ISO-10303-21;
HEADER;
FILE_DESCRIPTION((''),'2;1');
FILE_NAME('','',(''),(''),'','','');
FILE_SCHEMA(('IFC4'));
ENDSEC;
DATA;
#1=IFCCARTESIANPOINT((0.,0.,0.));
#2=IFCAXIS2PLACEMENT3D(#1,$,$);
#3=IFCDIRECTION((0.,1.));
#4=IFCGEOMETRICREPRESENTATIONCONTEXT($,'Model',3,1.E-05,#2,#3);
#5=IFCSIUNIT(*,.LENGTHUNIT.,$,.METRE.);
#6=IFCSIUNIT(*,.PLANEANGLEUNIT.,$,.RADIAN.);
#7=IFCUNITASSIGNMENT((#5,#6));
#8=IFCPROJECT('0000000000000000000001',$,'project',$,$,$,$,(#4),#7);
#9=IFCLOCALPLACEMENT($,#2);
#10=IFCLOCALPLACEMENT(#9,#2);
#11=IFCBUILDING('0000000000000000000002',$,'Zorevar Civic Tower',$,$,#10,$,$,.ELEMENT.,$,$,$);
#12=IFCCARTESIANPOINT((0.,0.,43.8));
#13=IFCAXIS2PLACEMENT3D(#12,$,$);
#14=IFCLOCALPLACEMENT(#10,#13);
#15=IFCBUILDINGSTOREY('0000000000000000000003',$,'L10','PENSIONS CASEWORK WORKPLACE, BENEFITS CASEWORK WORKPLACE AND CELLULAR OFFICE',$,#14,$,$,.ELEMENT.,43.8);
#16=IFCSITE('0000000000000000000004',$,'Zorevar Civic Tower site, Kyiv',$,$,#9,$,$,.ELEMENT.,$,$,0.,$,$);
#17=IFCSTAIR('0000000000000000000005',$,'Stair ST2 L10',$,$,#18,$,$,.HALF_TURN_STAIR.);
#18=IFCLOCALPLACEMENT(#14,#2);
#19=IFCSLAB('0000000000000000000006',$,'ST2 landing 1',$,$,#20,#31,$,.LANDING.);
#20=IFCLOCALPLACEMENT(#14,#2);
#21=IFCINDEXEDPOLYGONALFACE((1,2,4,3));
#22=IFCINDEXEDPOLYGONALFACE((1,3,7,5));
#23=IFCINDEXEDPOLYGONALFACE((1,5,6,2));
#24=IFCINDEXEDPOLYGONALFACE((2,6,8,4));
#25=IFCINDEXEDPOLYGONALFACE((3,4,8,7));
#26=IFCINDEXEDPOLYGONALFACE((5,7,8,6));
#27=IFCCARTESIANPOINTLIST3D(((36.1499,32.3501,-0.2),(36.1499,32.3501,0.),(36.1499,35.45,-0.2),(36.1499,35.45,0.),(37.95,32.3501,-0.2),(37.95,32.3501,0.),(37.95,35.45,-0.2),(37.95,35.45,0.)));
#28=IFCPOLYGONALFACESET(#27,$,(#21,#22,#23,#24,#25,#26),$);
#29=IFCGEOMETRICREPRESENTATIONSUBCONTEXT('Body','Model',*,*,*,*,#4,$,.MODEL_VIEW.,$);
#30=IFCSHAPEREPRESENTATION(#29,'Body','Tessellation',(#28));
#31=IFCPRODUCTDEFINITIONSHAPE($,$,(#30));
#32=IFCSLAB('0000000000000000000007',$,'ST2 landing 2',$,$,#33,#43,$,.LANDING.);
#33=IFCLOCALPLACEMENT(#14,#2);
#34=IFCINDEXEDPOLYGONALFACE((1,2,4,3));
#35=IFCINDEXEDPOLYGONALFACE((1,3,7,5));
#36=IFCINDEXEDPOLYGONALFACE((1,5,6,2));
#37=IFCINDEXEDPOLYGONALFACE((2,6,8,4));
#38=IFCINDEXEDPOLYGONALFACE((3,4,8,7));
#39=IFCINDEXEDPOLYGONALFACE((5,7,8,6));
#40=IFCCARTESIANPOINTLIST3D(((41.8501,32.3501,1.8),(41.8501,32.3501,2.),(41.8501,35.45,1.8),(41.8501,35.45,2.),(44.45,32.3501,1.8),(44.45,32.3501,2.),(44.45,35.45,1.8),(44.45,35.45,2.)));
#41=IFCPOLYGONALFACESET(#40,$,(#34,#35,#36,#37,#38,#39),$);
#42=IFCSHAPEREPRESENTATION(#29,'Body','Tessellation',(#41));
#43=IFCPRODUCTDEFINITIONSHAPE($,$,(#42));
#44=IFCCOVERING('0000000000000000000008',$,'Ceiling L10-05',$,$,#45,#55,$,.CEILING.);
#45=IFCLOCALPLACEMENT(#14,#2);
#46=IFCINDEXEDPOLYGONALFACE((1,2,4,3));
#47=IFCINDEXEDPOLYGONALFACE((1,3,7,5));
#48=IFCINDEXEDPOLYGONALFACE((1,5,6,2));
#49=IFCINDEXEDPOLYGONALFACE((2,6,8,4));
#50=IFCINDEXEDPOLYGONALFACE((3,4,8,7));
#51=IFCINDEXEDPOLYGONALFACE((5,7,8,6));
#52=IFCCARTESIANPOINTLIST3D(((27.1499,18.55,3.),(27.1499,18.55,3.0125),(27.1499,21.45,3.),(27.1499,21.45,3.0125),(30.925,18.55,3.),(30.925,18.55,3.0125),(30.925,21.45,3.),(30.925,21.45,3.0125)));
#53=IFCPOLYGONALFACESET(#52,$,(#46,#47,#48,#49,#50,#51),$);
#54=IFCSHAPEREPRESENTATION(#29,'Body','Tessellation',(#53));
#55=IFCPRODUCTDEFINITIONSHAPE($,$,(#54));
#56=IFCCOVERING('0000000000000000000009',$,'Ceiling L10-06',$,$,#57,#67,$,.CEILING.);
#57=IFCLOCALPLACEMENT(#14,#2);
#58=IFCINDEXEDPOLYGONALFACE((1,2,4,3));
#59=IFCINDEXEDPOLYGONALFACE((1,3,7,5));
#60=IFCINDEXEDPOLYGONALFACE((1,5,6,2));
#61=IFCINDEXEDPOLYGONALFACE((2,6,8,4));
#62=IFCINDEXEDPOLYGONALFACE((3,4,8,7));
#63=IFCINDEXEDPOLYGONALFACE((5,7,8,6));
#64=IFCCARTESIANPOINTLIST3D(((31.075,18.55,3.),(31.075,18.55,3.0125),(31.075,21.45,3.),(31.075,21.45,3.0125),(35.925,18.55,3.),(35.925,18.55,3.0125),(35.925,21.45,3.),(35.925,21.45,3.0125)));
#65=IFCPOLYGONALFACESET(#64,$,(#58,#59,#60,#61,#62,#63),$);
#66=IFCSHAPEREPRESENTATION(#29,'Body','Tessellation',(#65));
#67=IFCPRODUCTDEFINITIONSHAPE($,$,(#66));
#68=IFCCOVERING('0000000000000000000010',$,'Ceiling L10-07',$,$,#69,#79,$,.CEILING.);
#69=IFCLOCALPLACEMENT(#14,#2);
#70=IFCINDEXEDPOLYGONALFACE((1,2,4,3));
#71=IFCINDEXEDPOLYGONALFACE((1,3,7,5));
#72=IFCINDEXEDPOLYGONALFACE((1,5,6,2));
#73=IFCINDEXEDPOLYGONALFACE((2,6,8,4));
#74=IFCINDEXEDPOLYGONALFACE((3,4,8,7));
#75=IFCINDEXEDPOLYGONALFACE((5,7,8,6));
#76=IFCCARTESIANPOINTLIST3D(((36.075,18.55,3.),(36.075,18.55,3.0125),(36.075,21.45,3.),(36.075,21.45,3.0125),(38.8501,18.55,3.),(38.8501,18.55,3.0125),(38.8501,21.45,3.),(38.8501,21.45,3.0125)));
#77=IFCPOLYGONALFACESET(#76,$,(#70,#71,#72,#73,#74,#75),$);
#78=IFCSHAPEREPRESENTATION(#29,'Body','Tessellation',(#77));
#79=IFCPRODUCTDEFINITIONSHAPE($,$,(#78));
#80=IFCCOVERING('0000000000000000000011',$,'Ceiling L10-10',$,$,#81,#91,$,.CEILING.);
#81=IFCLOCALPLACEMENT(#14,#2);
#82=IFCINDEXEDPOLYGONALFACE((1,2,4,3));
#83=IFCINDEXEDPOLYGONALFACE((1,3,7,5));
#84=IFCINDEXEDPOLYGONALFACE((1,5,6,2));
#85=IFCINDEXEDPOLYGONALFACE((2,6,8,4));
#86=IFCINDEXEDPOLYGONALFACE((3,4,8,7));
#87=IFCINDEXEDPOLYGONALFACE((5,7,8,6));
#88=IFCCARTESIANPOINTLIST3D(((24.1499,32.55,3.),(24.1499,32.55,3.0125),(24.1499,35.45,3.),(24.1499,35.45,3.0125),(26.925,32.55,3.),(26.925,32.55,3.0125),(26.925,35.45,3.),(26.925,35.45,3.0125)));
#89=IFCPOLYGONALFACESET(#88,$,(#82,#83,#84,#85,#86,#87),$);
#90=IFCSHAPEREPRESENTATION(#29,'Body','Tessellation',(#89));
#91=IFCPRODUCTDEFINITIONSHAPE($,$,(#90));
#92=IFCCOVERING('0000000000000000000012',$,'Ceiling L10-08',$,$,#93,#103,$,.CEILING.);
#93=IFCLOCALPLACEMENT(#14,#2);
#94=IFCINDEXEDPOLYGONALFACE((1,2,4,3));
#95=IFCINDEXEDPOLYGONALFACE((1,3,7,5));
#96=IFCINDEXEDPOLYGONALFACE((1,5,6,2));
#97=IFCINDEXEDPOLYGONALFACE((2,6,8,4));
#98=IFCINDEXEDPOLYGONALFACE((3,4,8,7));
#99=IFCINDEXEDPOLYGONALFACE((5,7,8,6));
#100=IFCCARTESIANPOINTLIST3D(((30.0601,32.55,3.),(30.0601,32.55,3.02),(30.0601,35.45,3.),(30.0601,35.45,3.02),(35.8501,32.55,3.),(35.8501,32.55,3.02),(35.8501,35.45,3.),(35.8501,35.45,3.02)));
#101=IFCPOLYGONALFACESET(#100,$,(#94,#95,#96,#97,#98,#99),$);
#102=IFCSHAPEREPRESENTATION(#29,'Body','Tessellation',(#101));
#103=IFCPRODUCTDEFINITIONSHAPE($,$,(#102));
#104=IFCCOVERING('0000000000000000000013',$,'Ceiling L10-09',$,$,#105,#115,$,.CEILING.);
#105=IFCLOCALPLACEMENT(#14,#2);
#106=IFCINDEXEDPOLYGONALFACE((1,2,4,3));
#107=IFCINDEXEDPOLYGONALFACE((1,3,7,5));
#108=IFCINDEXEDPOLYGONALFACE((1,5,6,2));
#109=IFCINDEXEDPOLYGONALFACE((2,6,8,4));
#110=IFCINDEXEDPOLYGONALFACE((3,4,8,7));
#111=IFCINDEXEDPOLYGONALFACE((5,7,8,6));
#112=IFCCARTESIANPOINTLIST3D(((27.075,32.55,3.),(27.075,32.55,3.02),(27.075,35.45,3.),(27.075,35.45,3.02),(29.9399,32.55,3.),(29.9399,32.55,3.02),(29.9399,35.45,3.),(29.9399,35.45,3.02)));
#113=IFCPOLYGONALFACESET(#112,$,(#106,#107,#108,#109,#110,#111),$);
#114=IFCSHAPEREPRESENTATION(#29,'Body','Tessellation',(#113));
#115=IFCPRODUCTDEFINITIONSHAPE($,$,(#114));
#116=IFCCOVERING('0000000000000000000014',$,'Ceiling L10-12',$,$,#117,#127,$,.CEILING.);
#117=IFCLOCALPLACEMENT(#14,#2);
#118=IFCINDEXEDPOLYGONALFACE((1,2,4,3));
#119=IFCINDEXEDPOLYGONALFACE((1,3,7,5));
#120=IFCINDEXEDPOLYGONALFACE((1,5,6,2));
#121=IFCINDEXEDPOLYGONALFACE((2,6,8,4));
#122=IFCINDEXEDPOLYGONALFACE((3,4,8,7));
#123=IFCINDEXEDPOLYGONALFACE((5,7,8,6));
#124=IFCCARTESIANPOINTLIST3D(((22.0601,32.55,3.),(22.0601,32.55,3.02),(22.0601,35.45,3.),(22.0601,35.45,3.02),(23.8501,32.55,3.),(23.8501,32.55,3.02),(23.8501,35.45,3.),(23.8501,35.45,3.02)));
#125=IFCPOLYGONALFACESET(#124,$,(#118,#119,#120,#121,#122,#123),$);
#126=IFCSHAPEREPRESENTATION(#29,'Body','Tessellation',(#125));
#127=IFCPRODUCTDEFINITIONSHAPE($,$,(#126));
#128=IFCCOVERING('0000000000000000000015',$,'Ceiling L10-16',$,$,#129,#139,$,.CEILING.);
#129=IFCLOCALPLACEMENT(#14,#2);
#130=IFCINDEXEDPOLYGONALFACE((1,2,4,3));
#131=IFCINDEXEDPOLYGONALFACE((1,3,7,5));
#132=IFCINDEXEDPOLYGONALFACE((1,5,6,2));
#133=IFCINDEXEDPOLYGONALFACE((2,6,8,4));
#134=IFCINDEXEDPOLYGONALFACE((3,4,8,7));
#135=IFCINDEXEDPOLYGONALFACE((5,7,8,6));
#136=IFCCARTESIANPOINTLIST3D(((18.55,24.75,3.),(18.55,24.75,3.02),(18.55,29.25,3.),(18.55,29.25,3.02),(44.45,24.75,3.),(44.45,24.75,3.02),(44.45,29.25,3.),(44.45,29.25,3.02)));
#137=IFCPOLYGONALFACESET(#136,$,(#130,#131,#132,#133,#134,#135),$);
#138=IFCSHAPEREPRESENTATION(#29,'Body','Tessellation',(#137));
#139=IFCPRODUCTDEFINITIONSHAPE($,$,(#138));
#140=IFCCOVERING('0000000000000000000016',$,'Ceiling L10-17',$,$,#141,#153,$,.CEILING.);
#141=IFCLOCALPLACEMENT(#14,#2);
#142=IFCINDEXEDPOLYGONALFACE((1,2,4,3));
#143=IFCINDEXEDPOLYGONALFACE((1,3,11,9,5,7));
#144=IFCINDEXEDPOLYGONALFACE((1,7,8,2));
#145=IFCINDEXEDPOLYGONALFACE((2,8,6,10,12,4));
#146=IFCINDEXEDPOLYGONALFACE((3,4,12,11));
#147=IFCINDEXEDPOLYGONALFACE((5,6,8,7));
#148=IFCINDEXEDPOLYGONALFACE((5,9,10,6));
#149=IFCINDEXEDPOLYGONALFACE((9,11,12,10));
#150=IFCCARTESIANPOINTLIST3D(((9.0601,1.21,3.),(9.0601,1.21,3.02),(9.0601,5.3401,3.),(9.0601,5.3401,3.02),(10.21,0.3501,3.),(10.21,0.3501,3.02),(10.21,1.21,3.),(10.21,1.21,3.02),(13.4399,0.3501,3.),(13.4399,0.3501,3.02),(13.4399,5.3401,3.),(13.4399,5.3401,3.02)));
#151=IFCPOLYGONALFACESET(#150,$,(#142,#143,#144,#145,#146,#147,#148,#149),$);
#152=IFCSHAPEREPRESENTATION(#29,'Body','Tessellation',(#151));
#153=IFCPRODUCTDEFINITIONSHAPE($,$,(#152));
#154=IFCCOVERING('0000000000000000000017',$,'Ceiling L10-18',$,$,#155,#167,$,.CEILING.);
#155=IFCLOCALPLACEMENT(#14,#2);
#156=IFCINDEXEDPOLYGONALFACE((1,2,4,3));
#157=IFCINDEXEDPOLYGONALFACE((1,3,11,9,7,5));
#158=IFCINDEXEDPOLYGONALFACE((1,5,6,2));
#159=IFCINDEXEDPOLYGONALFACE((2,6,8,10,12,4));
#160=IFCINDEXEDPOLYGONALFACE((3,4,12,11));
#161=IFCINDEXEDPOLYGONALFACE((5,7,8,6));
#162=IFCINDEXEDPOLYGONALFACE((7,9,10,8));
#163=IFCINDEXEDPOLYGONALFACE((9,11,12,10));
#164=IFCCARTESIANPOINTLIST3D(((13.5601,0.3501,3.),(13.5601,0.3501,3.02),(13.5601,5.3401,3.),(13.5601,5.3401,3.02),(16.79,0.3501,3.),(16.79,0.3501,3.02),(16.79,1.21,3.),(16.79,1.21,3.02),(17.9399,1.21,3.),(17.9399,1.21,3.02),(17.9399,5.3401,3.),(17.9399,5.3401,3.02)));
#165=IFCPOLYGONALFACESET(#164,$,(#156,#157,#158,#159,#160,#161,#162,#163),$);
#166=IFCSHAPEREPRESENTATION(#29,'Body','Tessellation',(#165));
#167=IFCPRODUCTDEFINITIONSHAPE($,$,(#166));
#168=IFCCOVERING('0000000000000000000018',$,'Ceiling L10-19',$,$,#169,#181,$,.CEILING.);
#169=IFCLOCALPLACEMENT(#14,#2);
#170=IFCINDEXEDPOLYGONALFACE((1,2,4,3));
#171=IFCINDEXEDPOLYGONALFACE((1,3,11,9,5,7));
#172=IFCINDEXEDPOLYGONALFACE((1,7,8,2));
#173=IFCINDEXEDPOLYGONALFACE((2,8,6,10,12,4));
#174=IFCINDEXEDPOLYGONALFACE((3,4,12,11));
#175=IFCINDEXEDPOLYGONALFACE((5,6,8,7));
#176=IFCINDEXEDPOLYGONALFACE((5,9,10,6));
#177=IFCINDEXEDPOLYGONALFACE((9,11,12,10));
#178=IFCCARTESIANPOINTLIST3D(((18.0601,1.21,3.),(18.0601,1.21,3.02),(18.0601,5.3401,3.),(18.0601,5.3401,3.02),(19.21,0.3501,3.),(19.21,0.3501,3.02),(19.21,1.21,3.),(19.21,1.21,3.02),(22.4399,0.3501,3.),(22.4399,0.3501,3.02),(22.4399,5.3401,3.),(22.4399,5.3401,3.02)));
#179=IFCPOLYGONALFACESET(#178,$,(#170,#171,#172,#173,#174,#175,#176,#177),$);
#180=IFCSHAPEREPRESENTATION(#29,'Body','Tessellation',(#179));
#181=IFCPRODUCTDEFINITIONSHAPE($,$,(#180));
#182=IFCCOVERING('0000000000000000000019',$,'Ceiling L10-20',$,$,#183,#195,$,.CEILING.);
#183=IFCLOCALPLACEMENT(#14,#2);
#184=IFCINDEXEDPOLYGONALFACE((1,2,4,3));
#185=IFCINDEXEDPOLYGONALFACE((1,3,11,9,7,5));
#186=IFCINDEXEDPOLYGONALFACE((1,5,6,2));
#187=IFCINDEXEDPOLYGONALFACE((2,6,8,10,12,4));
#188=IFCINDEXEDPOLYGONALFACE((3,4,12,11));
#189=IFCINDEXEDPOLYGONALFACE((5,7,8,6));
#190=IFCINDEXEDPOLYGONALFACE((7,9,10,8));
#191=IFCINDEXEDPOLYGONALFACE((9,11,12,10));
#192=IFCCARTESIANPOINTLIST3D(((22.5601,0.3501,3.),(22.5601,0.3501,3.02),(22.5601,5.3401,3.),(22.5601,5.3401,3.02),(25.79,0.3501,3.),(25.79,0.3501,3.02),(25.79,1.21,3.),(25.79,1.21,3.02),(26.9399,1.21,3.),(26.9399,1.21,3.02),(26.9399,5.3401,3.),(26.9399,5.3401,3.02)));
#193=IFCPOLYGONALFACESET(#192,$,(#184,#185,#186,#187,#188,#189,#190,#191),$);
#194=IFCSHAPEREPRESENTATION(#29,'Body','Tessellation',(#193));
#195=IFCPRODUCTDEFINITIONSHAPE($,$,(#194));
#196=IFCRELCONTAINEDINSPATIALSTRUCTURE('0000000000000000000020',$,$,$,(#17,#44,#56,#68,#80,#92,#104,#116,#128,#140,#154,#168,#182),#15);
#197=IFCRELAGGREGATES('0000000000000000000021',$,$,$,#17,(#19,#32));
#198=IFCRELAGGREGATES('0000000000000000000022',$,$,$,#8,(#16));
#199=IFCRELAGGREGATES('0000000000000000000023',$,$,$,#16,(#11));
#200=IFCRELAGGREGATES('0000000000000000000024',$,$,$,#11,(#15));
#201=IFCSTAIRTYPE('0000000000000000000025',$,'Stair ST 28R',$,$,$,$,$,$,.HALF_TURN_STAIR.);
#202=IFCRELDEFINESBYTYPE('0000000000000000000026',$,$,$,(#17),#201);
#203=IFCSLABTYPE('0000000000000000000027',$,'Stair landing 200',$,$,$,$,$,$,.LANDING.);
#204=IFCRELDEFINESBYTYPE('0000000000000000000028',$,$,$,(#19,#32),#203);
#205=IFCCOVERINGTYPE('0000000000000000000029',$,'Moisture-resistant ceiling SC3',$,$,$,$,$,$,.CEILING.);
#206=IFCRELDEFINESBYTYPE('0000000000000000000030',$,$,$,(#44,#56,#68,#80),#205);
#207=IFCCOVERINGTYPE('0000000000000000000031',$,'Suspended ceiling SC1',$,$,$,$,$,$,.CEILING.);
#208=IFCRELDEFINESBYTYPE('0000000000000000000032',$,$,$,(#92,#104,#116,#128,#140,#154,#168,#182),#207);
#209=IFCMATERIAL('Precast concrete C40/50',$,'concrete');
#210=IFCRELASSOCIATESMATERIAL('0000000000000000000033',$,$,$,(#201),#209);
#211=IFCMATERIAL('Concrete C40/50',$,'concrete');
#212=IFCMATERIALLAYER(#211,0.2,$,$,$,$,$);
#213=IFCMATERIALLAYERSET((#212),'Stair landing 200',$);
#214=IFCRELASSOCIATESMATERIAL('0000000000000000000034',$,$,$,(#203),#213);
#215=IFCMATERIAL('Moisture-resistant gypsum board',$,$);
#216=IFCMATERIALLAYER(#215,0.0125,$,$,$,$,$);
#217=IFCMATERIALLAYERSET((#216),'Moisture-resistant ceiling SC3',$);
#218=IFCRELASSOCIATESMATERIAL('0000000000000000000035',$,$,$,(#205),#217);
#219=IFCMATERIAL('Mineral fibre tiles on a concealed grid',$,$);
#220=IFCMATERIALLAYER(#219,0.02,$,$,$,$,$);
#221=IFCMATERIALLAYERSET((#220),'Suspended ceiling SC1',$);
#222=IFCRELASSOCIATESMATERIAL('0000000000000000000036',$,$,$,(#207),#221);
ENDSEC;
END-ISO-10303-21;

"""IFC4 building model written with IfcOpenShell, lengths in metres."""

from ifc_helpers import new_model, si_unit, direction, frame, origin, place, context, subcontext, project, spatial, polyline, outline, extrude, material, layer, layer_set, type_object, element, aggregate, save


model = new_model("IFC4")

# Units and contexts
model_context = context("Model", 3, precision=1e-05, world=origin(), true_north=direction((0.0, 1.0)))
body_context = subcontext(model_context, "Body", "Model", "MODEL_VIEW")
ifc_project = project(units=[si_unit("LENGTHUNIT", "METRE"), si_unit("PLANEANGLEUNIT", "RADIAN")], contexts=[model_context])

# Site, building, storey
site_placement = place(None, origin())
site = spatial("IfcSite", under=ifc_project, at=site_placement, Name="Zorevar Civic Tower site, Kyiv", CompositionType="ELEMENT", RefElevation=0.0)
building_placement = place(site_placement, origin())
building = spatial("IfcBuilding", under=site, at=building_placement, Name="Zorevar Civic Tower", CompositionType="ELEMENT")
storey_placement = place(building_placement, frame((0.0, 0.0, 43.8)))
storey = spatial("IfcBuildingStorey", under=building, at=storey_placement, Name="L10", Description="PENSIONS CASEWORK WORKPLACE, BENEFITS CASEWORK WORKPLACE AND CELLULAR OFFICE", CompositionType="ELEMENT", Elevation=43.8)

# Stair, slabs
ifc_material_1 = material(Name="Precast concrete C40/50", Category="concrete")
stair_type = type_object("IfcStairType", Name="Stair ST 28R", PredefinedType="HALF_TURN_STAIR", material=ifc_material_1)
ifc_material_2 = material(Name="Concrete C40/50", Category="concrete")
ifc_layer_1 = layer(ifc_material_2, 0.2)
ifc_layer_set_1 = layer_set([ifc_layer_1], Name="Stair landing 200")
slab_type_1 = type_object("IfcSlabType", Name="Stair landing 200", PredefinedType="LANDING", material=ifc_layer_set_1)
stair_1_placement = place(storey_placement, origin())
stair_1 = element("IfcStair", 1, at=stair_1_placement, inside=storey, type_object=stair_type, Name="Stair ST2 L10", PredefinedType="HALF_TURN_STAIR")
slab_1_placement = place(storey_placement, frame((0.0, 0.0, -0.2)))
slab_1 = element("IfcSlab", 2, at=slab_1_placement, type_object=slab_type_1, Name="ST2 landing 1", PredefinedType="LANDING", context=body_context, shape_type="SweptSolid", body=[
    extrude(outline(polyline([(37.95, 32.3501), (36.1499, 32.3501), (36.1499, 35.45), (37.95, 35.45), (37.95, 32.3501)])), origin(), (0.0, 0.0, 1.0), 0.2),
])
slab_2_placement = place(storey_placement, frame((0.0, 0.0, 1.8)))
slab_2 = element("IfcSlab", 3, at=slab_2_placement, type_object=slab_type_1, Name="ST2 landing 2", PredefinedType="LANDING", context=body_context, shape_type="SweptSolid", body=[
    extrude(outline(polyline([(44.45, 32.3501), (41.8501, 32.3501), (41.8501, 35.45), (44.45, 35.45), (44.45, 32.3501)])), origin(), (0.0, 0.0, 1.0), 0.2),
])
aggregate(stair_1, [slab_1, slab_2])

# Coverings
ifc_material_3 = material(Name="Moisture-resistant gypsum board")
ifc_layer_2 = layer(ifc_material_3, 0.0125)
ifc_layer_set_2 = layer_set([ifc_layer_2], Name="Moisture-resistant ceiling SC3")
covering_type_1 = type_object("IfcCoveringType", Name="Moisture-resistant ceiling SC3", PredefinedType="CEILING", material=ifc_layer_set_2)
covering_1_placement = place(storey_placement, frame((0.0, 0.0, 3.0)))
element("IfcCovering", 4, at=covering_1_placement, inside=storey, type_object=covering_type_1, Name="Ceiling L10-05", PredefinedType="CEILING", context=body_context, shape_type="SweptSolid", body=[
    extrude(outline(polyline([(30.925, 18.55), (30.925, 21.45), (27.1499, 21.45), (27.1499, 18.55), (30.925, 18.55)])), origin(), (0.0, 0.0, 1.0), 0.0125),
])
covering_2_placement = place(storey_placement, frame((0.0, 0.0, 3.0)))
element("IfcCovering", 5, at=covering_2_placement, inside=storey, type_object=covering_type_1, Name="Ceiling L10-06", PredefinedType="CEILING", context=body_context, shape_type="SweptSolid", body=[
    extrude(outline(polyline([(35.925, 18.55), (35.925, 21.45), (31.075, 21.45), (31.075, 18.55), (35.925, 18.55)])), origin(), (0.0, 0.0, 1.0), 0.0125),
])
covering_3_placement = place(storey_placement, frame((0.0, 0.0, 3.0)))
element("IfcCovering", 6, at=covering_3_placement, inside=storey, type_object=covering_type_1, Name="Ceiling L10-07", PredefinedType="CEILING", context=body_context, shape_type="SweptSolid", body=[
    extrude(outline(polyline([(38.8501, 18.55), (38.8501, 21.45), (36.075, 21.45), (36.075, 18.55), (38.8501, 18.55)])), origin(), (0.0, 0.0, 1.0), 0.0125),
])
covering_4_placement = place(storey_placement, frame((0.0, 0.0, 3.0)))
element("IfcCovering", 7, at=covering_4_placement, inside=storey, type_object=covering_type_1, Name="Ceiling L10-10", PredefinedType="CEILING", context=body_context, shape_type="SweptSolid", body=[
    extrude(outline(polyline([(26.925, 32.55), (26.925, 35.45), (24.1499, 35.45), (24.1499, 32.55), (26.925, 32.55)])), origin(), (0.0, 0.0, 1.0), 0.0125),
])
ifc_material_4 = material(Name="Mineral fibre tiles on a concealed grid")
ifc_layer_3 = layer(ifc_material_4, 0.02)
ifc_layer_set_3 = layer_set([ifc_layer_3], Name="Suspended ceiling SC1")
covering_type_2 = type_object("IfcCoveringType", Name="Suspended ceiling SC1", PredefinedType="CEILING", material=ifc_layer_set_3)
covering_5_placement = place(storey_placement, frame((0.0, 0.0, 3.0)))
element("IfcCovering", 8, at=covering_5_placement, inside=storey, type_object=covering_type_2, Name="Ceiling L10-08", PredefinedType="CEILING", context=body_context, shape_type="SweptSolid", body=[
    extrude(outline(polyline([(35.8501, 32.55), (35.8501, 35.45), (30.0601, 35.45), (30.0601, 32.55), (35.8501, 32.55)])), origin(), (0.0, 0.0, 1.0), 0.02),
])
covering_6_placement = place(storey_placement, frame((0.0, 0.0, 3.0)))
element("IfcCovering", 9, at=covering_6_placement, inside=storey, type_object=covering_type_2, Name="Ceiling L10-09", PredefinedType="CEILING", context=body_context, shape_type="SweptSolid", body=[
    extrude(outline(polyline([(29.9399, 32.55), (29.9399, 35.45), (27.075, 35.45), (27.075, 32.55), (29.9399, 32.55)])), origin(), (0.0, 0.0, 1.0), 0.02),
])
covering_7_placement = place(storey_placement, frame((0.0, 0.0, 3.0)))
element("IfcCovering", 10, at=covering_7_placement, inside=storey, type_object=covering_type_2, Name="Ceiling L10-12", PredefinedType="CEILING", context=body_context, shape_type="SweptSolid", body=[
    extrude(outline(polyline([(23.8501, 32.55), (23.8501, 35.45), (22.0601, 35.45), (22.0601, 32.55), (23.8501, 32.55)])), origin(), (0.0, 0.0, 1.0), 0.02),
])
covering_8_placement = place(storey_placement, frame((0.0, 0.0, 3.0)))
element("IfcCovering", 11, at=covering_8_placement, inside=storey, type_object=covering_type_2, Name="Ceiling L10-16", PredefinedType="CEILING", context=body_context, shape_type="SweptSolid", body=[
    extrude(outline(polyline([(44.45, 24.75), (44.45, 29.25), (18.55, 29.25), (18.55, 24.75), (44.45, 24.75)])), origin(), (0.0, 0.0, 1.0), 0.02),
])
covering_9_placement = place(storey_placement, frame((0.0, 0.0, 3.0)))
element("IfcCovering", 12, at=covering_9_placement, inside=storey, type_object=covering_type_2, Name="Ceiling L10-17", PredefinedType="CEILING", context=body_context, shape_type="SweptSolid", body=[
    extrude(outline(polyline([(13.4399, 5.3401), (13.4399, 0.3501), (10.21, 0.3501), (10.21, 1.21), (9.0601, 1.21), (9.0601, 5.3401), (13.4399, 5.3401)])), origin(), (0.0, 0.0, 1.0), 0.02),
])
covering_10_placement = place(storey_placement, frame((0.0, 0.0, 3.0)))
element("IfcCovering", 13, at=covering_10_placement, inside=storey, type_object=covering_type_2, Name="Ceiling L10-18", PredefinedType="CEILING", context=body_context, shape_type="SweptSolid", body=[
    extrude(outline(polyline([(17.9399, 5.3401), (17.9399, 1.21), (16.79, 1.21), (16.79, 0.3501), (13.5601, 0.3501), (13.5601, 5.3401), (17.9399, 5.3401)])), origin(), (0.0, 0.0, 1.0), 0.02),
])
covering_11_placement = place(storey_placement, frame((0.0, 0.0, 3.0)))
element("IfcCovering", 14, at=covering_11_placement, inside=storey, type_object=covering_type_2, Name="Ceiling L10-19", PredefinedType="CEILING", context=body_context, shape_type="SweptSolid", body=[
    extrude(outline(polyline([(22.4399, 5.3401), (22.4399, 0.3501), (19.21, 0.3501), (19.21, 1.21), (18.0601, 1.21), (18.0601, 5.3401), (22.4399, 5.3401)])), origin(), (0.0, 0.0, 1.0), 0.02),
])
covering_12_placement = place(storey_placement, frame((0.0, 0.0, 3.0)))
element("IfcCovering", 15, at=covering_12_placement, inside=storey, type_object=covering_type_2, Name="Ceiling L10-20", PredefinedType="CEILING", context=body_context, shape_type="SweptSolid", body=[
    extrude(outline(polyline([(26.9399, 5.3401), (26.9399, 1.21), (25.79, 1.21), (25.79, 0.3501), (22.5601, 0.3501), (22.5601, 5.3401), (26.9399, 5.3401)])), origin(), (0.0, 0.0, 1.0), 0.02),
])

save(model, "model.ifc")
